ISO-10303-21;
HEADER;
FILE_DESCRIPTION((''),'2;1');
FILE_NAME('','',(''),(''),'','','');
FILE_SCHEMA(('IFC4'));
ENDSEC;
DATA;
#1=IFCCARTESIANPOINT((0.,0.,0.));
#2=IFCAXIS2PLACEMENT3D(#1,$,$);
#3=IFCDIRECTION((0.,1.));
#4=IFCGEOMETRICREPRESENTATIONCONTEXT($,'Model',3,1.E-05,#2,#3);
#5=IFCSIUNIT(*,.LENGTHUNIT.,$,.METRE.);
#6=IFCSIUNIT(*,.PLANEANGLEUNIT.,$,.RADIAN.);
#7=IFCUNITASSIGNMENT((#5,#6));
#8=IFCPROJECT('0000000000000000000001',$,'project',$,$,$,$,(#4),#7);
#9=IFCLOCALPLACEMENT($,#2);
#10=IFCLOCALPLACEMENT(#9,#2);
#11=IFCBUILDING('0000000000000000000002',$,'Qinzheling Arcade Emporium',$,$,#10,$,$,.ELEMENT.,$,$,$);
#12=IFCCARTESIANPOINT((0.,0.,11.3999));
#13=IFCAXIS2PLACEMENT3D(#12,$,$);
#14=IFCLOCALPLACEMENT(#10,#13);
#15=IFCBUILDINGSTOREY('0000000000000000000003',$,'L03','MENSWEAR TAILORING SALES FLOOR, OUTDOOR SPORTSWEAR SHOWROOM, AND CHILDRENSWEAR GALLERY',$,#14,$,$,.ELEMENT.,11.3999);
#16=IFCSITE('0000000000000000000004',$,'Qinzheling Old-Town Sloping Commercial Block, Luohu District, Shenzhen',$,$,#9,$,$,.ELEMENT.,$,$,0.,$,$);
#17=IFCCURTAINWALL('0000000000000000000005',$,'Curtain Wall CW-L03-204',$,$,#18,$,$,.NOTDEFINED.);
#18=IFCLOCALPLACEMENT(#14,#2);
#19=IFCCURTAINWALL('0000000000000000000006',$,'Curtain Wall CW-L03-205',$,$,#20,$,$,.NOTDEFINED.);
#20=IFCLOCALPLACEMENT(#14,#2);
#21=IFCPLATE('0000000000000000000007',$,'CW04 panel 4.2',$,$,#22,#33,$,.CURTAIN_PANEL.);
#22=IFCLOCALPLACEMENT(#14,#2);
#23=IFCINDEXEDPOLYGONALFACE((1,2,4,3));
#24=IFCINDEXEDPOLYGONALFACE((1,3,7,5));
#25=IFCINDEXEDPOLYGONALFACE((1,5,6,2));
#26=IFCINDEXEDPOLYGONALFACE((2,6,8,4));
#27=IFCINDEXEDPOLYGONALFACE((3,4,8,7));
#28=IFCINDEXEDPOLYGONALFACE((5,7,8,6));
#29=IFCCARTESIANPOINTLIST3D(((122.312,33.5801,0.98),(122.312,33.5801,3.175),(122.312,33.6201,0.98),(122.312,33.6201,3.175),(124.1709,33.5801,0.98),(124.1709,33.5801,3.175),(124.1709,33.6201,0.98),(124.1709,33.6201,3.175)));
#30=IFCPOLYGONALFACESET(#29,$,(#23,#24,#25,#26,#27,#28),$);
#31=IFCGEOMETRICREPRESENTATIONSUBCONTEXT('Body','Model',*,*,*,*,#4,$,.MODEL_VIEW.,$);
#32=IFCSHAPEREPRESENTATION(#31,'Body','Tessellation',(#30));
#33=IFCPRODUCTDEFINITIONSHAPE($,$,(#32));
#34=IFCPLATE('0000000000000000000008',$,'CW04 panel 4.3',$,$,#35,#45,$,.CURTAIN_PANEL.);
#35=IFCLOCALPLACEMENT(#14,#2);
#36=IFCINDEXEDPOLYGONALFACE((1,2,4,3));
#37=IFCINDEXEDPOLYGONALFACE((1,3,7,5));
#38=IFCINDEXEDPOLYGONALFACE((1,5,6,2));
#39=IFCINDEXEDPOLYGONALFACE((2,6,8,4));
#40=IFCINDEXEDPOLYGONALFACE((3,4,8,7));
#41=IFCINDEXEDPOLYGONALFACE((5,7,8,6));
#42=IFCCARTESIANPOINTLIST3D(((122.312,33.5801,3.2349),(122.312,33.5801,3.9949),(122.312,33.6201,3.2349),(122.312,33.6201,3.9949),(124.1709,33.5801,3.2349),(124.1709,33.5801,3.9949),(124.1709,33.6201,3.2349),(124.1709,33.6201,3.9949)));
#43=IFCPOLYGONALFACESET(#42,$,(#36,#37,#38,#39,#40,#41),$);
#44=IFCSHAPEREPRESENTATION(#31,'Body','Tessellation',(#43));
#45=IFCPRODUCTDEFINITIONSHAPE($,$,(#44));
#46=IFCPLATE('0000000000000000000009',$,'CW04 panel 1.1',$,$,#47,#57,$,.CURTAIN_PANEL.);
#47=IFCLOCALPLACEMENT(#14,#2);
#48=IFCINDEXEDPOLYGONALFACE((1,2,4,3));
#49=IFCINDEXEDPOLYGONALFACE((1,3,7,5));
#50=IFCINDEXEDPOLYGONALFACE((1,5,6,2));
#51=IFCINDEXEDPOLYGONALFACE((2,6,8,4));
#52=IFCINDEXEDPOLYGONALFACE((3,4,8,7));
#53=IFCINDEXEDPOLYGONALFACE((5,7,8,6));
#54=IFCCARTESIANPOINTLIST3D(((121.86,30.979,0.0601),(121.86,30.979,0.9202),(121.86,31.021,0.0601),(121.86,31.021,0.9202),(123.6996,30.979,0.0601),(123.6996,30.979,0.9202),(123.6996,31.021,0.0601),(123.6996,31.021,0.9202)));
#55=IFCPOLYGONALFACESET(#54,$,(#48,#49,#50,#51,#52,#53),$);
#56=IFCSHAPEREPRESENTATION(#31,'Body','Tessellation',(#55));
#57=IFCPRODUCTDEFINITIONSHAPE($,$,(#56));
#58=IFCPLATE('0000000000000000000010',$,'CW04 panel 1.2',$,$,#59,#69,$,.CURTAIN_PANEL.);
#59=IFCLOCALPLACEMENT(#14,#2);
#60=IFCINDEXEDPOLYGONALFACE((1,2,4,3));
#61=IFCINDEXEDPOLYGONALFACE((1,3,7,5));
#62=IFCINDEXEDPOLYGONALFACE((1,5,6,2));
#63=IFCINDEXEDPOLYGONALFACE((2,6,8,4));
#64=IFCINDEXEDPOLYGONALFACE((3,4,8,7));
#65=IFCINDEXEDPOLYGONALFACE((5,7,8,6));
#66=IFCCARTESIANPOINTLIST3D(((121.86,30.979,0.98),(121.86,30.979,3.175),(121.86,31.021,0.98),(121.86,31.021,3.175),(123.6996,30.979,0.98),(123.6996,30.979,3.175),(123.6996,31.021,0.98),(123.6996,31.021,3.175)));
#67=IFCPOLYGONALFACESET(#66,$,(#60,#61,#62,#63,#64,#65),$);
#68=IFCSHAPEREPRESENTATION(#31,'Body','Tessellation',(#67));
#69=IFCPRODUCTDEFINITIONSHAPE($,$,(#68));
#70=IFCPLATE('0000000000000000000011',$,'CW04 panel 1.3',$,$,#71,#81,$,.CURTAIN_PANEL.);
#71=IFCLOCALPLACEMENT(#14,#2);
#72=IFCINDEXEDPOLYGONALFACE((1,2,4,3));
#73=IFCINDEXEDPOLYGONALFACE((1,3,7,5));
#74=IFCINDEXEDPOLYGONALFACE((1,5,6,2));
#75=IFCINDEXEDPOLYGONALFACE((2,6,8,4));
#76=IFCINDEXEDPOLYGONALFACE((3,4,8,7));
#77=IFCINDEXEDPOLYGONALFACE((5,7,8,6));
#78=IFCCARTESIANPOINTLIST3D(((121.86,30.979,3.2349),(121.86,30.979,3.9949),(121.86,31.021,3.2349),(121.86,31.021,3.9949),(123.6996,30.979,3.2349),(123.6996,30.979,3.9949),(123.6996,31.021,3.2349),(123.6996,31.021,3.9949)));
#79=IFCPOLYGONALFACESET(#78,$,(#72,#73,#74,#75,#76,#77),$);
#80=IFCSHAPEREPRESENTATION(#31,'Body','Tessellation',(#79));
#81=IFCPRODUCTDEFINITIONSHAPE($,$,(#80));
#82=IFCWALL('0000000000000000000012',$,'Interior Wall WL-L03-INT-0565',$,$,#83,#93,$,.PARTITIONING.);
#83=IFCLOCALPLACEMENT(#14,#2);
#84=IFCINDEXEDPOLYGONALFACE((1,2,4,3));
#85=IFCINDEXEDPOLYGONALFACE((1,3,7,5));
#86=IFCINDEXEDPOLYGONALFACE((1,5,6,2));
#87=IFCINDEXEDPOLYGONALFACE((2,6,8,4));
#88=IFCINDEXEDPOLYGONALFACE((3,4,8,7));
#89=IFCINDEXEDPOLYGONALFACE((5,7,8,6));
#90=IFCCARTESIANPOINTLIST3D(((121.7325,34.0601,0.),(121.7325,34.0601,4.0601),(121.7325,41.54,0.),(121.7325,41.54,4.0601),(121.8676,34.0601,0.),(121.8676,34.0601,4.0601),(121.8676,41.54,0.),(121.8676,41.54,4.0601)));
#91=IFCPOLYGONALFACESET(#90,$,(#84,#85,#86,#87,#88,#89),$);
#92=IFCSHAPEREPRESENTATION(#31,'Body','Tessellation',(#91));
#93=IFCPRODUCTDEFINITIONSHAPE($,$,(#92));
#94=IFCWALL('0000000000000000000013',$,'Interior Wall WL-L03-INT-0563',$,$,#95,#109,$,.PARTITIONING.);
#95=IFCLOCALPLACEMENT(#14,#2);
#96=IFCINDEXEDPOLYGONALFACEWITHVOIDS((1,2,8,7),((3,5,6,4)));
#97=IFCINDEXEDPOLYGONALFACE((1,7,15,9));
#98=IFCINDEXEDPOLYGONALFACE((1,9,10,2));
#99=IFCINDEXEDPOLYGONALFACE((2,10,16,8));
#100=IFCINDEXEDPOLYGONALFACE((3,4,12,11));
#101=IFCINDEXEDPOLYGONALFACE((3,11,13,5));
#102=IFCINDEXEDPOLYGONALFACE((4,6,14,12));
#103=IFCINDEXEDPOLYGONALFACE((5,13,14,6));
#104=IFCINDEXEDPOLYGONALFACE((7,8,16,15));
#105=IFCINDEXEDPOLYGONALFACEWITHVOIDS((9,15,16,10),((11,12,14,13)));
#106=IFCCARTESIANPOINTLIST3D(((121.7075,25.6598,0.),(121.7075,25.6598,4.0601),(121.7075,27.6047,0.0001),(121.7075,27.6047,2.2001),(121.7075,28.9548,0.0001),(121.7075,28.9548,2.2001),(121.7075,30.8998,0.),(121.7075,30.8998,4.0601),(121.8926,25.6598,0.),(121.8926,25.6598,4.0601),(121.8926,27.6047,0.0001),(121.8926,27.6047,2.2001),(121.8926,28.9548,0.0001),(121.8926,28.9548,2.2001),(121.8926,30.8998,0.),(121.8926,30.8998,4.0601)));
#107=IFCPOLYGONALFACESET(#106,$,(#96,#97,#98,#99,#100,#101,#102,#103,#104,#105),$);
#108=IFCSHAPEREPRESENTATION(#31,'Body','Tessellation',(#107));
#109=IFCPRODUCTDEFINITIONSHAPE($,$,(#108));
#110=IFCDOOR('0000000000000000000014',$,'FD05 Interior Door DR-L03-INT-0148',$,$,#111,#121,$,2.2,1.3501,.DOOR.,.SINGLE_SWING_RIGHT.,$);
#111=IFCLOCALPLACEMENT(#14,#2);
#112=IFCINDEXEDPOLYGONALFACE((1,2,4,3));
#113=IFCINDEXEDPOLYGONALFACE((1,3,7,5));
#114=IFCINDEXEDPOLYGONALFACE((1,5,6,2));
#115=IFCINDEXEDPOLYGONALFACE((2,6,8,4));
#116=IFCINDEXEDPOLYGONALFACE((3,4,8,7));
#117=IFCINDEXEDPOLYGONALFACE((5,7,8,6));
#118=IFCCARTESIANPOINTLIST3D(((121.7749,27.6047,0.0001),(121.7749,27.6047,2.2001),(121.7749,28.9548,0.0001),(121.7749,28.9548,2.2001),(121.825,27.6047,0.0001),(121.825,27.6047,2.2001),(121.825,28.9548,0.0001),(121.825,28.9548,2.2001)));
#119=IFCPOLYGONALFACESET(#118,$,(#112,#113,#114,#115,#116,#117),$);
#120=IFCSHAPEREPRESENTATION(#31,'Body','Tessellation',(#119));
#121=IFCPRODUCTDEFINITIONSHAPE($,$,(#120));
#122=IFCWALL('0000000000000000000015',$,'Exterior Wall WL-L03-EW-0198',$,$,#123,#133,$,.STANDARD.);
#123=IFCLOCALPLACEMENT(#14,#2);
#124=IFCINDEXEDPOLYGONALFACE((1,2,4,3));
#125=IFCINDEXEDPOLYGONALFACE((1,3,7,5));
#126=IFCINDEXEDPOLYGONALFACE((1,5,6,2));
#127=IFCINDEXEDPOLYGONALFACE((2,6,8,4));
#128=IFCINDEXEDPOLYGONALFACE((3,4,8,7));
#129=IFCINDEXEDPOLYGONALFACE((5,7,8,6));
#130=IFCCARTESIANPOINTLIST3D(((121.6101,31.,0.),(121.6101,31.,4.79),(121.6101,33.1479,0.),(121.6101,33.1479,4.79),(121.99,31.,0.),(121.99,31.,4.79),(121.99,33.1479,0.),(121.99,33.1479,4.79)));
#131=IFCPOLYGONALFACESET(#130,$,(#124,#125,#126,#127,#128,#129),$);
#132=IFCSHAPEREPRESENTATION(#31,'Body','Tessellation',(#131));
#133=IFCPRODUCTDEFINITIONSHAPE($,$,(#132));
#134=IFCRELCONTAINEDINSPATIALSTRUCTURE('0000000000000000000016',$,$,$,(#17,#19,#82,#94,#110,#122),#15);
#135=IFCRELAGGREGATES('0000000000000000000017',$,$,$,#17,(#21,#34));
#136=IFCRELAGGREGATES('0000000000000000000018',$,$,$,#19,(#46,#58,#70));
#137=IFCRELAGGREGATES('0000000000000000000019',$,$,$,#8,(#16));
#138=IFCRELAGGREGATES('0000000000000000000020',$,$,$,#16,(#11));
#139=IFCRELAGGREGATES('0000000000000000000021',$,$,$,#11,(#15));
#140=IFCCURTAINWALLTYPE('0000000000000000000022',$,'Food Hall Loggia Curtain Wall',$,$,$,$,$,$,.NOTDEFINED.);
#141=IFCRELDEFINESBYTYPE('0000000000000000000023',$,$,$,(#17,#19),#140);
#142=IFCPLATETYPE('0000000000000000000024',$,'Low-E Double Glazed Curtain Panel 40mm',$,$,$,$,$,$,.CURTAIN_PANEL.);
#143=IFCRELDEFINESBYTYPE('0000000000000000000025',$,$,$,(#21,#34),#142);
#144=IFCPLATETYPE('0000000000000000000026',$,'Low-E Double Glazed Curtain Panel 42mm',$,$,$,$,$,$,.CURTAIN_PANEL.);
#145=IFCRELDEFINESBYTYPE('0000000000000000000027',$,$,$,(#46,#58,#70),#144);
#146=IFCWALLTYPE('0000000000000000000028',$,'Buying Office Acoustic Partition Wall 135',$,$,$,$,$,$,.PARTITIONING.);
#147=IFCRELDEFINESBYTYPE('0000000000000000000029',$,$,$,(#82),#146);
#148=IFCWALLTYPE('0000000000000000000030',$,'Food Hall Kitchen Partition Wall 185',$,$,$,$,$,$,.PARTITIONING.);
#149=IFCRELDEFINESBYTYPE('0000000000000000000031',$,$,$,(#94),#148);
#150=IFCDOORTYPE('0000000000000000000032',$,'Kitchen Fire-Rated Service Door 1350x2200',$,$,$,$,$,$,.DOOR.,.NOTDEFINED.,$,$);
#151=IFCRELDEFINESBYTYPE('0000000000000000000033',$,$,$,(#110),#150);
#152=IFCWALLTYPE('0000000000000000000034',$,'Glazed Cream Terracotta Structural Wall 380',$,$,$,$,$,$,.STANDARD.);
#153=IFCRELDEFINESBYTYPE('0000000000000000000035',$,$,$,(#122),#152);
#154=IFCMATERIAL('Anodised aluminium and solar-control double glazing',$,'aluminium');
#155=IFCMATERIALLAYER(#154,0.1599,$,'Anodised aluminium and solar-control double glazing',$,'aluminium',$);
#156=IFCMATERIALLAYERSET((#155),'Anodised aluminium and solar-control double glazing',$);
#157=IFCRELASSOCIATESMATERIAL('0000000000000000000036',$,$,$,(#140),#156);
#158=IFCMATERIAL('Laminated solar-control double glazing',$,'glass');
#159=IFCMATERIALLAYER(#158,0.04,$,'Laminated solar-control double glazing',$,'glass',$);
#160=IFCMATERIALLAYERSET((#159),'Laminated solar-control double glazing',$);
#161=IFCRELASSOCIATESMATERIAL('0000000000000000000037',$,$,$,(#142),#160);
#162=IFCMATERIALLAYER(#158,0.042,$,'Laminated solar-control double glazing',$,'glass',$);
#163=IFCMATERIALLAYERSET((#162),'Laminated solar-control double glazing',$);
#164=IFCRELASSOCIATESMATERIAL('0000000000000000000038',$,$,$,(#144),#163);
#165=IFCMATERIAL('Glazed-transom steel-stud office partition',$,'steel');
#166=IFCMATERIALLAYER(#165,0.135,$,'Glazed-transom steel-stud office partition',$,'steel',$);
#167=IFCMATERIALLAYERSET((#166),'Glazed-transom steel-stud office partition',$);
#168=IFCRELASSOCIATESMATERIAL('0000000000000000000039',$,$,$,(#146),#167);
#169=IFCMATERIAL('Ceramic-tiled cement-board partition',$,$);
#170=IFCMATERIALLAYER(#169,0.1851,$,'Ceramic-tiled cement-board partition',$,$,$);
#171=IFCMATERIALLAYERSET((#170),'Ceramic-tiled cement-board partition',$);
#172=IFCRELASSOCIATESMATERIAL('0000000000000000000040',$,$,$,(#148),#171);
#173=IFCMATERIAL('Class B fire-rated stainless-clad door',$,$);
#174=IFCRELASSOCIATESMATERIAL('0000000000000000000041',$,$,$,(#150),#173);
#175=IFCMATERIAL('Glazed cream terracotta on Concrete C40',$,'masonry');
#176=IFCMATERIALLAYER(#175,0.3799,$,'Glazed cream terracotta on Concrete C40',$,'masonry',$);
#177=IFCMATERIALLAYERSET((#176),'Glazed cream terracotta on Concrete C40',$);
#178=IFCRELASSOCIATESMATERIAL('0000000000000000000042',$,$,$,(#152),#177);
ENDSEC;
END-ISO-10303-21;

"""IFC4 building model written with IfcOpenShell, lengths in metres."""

from ifc_helpers import new_model, si_unit, direction, frame, frame_2d, origin, origin_2d, place, context, subcontext, project, spatial, rectangle, extrude, material, layer, layer_set, type_object, element, fill, aggregate, save


model = new_model("IFC4")

# Units and contexts
model_context = context("Model", 3, precision=1e-05, world=origin(), true_north=direction((0.0, 1.0)))
body_context = subcontext(model_context, "Body", "Model", "MODEL_VIEW")
ifc_project = project(units=[si_unit("LENGTHUNIT", "METRE"), si_unit("PLANEANGLEUNIT", "RADIAN")], contexts=[model_context])

# Site, building, storey
site_placement = place(None, origin())
site = spatial("IfcSite", under=ifc_project, at=site_placement, Name="Qinzheling Old-Town Sloping Commercial Block, Luohu District, Shenzhen", CompositionType="ELEMENT", RefElevation=0.0)
building_placement = place(site_placement, origin())
building = spatial("IfcBuilding", under=site, at=building_placement, Name="Qinzheling Arcade Emporium", CompositionType="ELEMENT")
storey_placement = place(building_placement, frame((0.0, 0.0, 11.3999)))
storey = spatial("IfcBuildingStorey", under=building, at=storey_placement, Name="L03", Description="MENSWEAR TAILORING SALES FLOOR, OUTDOOR SPORTSWEAR SHOWROOM, AND CHILDRENSWEAR GALLERY", CompositionType="ELEMENT", Elevation=11.3999)

# Curtain wall
ifc_material_1 = material(Name="Anodised aluminium and solar-control double glazing", Category="aluminium")
ifc_layer_1 = layer(ifc_material_1, 0.1599, Name="Anodised aluminium and solar-control double glazing", Category="aluminium")
ifc_layer_set_1 = layer_set([ifc_layer_1], Name="Anodised aluminium and solar-control double glazing")
curtain_wall_type = type_object("IfcCurtainWallType", Name="Food Hall Loggia Curtain Wall", PredefinedType="NOTDEFINED", material=ifc_layer_set_1)
curtain_wall_1_placement = place(storey_placement, origin())
curtain_wall_1 = element("IfcCurtainWall", 1, at=curtain_wall_1_placement, inside=storey, type_object=curtain_wall_type, Name="Curtain Wall CW-L03-204", PredefinedType="NOTDEFINED")

# Curtain wall
curtain_wall_2_placement = place(storey_placement, origin())
curtain_wall_2 = element("IfcCurtainWall", 2, at=curtain_wall_2_placement, inside=storey, type_object=curtain_wall_type, Name="Curtain Wall CW-L03-205", PredefinedType="NOTDEFINED")

# Plates
ifc_material_2 = material(Name="Laminated solar-control double glazing", Category="glass")
ifc_layer_2 = layer(ifc_material_2, 0.04, Name="Laminated solar-control double glazing", Category="glass")
ifc_layer_set_2 = layer_set([ifc_layer_2], Name="Laminated solar-control double glazing")
plate_type_1 = type_object("IfcPlateType", Name="Low-E Double Glazed Curtain Panel 40mm", PredefinedType="CURTAIN_PANEL", material=ifc_layer_set_2)
plate_1_placement = place(storey_placement, frame((123.2415, 33.6001, 0.98), z_axis=(0.0, 0.0, 1.0), x_axis=(-1.0, 0.0, 0.0)))
plate_1 = element("IfcPlate", 3, at=plate_1_placement, type_object=plate_type_1, Name="CW04 panel 4.2", PredefinedType="CURTAIN_PANEL", context=body_context, shape_type="SweptSolid", body=[
    extrude(rectangle(XDim=1.8589, YDim=0.04, at=origin_2d()), origin(), (0.0, 0.0, 1.0), 2.1951),
])
plate_2_placement = place(storey_placement, frame((123.2415, 33.6001, 3.2349), z_axis=(0.0, 0.0, 1.0), x_axis=(-1.0, 0.0, 0.0)))
plate_2 = element("IfcPlate", 4, at=plate_2_placement, type_object=plate_type_1, Name="CW04 panel 4.3", PredefinedType="CURTAIN_PANEL", context=body_context, shape_type="SweptSolid", body=[
    extrude(rectangle(XDim=1.8589, YDim=0.04, at=origin_2d()), origin(), (0.0, 0.0, 1.0), 0.76),
])
aggregate(curtain_wall_1, [plate_1, plate_2])
ifc_layer_3 = layer(ifc_material_2, 0.042, Name="Laminated solar-control double glazing", Category="glass")
ifc_layer_set_3 = layer_set([ifc_layer_3], Name="Laminated solar-control double glazing")
plate_type_2 = type_object("IfcPlateType", Name="Low-E Double Glazed Curtain Panel 42mm", PredefinedType="CURTAIN_PANEL", material=ifc_layer_set_3)
plate_3_placement = place(storey_placement, frame((122.7798, 31.0, 0.0601), z_axis=(0.0, 0.0, 1.0), x_axis=(1.0, 0.0, 0.0)))
plate_3 = element("IfcPlate", 5, at=plate_3_placement, type_object=plate_type_2, Name="CW04 panel 1.1", PredefinedType="CURTAIN_PANEL", context=body_context, shape_type="SweptSolid", body=[
    extrude(rectangle(XDim=1.8396, YDim=0.042, at=origin_2d()), origin(), (0.0, 0.0, 1.0), 0.8601),
])
plate_4_placement = place(storey_placement, frame((122.7798, 31.0, 0.98), z_axis=(0.0, 0.0, 1.0), x_axis=(1.0, 0.0, 0.0)))
plate_4 = element("IfcPlate", 6, at=plate_4_placement, type_object=plate_type_2, Name="CW04 panel 1.2", PredefinedType="CURTAIN_PANEL", context=body_context, shape_type="SweptSolid", body=[
    extrude(rectangle(XDim=1.8396, YDim=0.042, at=origin_2d()), origin(), (0.0, 0.0, 1.0), 2.1951),
])
plate_5_placement = place(storey_placement, frame((122.7798, 31.0, 3.2349), z_axis=(0.0, 0.0, 1.0), x_axis=(1.0, 0.0, 0.0)))
plate_5 = element("IfcPlate", 7, at=plate_5_placement, type_object=plate_type_2, Name="CW04 panel 1.3", PredefinedType="CURTAIN_PANEL", context=body_context, shape_type="SweptSolid", body=[
    extrude(rectangle(XDim=1.8396, YDim=0.042, at=origin_2d()), origin(), (0.0, 0.0, 1.0), 0.76),
])
aggregate(curtain_wall_2, [plate_3, plate_4, plate_5])

# Wall
ifc_material_3 = material(Name="Glazed-transom steel-stud office partition", Category="steel")
ifc_layer_4 = layer(ifc_material_3, 0.135, Name="Glazed-transom steel-stud office partition", Category="steel")
ifc_layer_set_4 = layer_set([ifc_layer_4], Name="Glazed-transom steel-stud office partition")
wall_type_1 = type_object("IfcWallType", Name="Buying Office Acoustic Partition Wall 135", PredefinedType="PARTITIONING", material=ifc_layer_set_4)
wall_1_placement = place(storey_placement, frame((121.8, 41.54, 0.0), z_axis=(0.0, 0.0, 1.0), x_axis=(0.0, -1.0, 0.0)))
element("IfcWall", 8, at=wall_1_placement, inside=storey, type_object=wall_type_1, Name="Interior Wall WL-L03-INT-0565", PredefinedType="PARTITIONING", context=body_context, shape_type="SweptSolid", body=[
    extrude(rectangle(XDim=7.48, YDim=0.135, at=frame_2d((3.74, 0.0))), origin(), (0.0, 0.0, 1.0), 4.0601),
])

# Wall, opening, door
ifc_material_4 = material(Name="Ceramic-tiled cement-board partition")
ifc_layer_5 = layer(ifc_material_4, 0.1851, Name="Ceramic-tiled cement-board partition")
ifc_layer_set_5 = layer_set([ifc_layer_5], Name="Ceramic-tiled cement-board partition")
wall_type_2 = type_object("IfcWallType", Name="Food Hall Kitchen Partition Wall 185", PredefinedType="PARTITIONING", material=ifc_layer_set_5)
wall_2_placement = place(storey_placement, frame((121.8, 30.8999, 0.0), z_axis=(0.0, 0.0, 1.0), x_axis=(0.0, -1.0, 0.0)))
wall_2 = element("IfcWall", 9, at=wall_2_placement, inside=storey, type_object=wall_type_2, Name="Interior Wall WL-L03-INT-0563", PredefinedType="PARTITIONING", context=body_context, shape_type="SweptSolid", body=[
    extrude(rectangle(XDim=5.24, YDim=0.1851, at=frame_2d((2.6201, 0.0))), origin(), (0.0, 0.0, 1.0), 4.0601),
])
opening_placement = place(wall_2_placement, frame((1.9451, 0.0, 0.0)))
opening = element("IfcOpeningElement", 10, at=opening_placement, cuts=wall_2, PredefinedType="OPENING", context=body_context, shape_type="SweptSolid", body=[
    extrude(rectangle(XDim=1.3501, YDim=2.2, at=frame_2d((0.675, 1.1001))), frame((0.0, 0.1025, 0.0), z_axis=(0.0, -1.0, 0.0), x_axis=(1.0, 0.0, 0.0)), (0.0, 0.0, 1.0), 0.2051),
])
ifc_material_5 = material(Name="Class B fire-rated stainless-clad door")
door_type = type_object("IfcDoorType", Name="Kitchen Fire-Rated Service Door 1350x2200", OperationType="NOTDEFINED", PredefinedType="DOOR", material=ifc_material_5)
door_placement = place(opening_placement, origin())
door = element("IfcDoor", 11, at=door_placement, inside=storey, type_object=door_type, Name="FD05 Interior Door DR-L03-INT-0148", OperationType="SINGLE_SWING_RIGHT", OverallHeight=2.2, OverallWidth=1.3501, PredefinedType="DOOR", context=body_context, shape_type="SweptSolid", body=[
    extrude(rectangle(XDim=1.3501, YDim=2.2, at=frame_2d((0.675, 1.1001))), frame((0.0, 0.0249, 0.0), z_axis=(0.0, -1.0, 0.0), x_axis=(1.0, 0.0, 0.0)), (0.0, 0.0, 1.0), 0.05),
])
fill(opening, door)

# Wall
ifc_material_6 = material(Name="Glazed cream terracotta on Concrete C40", Category="masonry")
ifc_layer_6 = layer(ifc_material_6, 0.3799, Name="Glazed cream terracotta on Concrete C40", Category="masonry")
ifc_layer_set_6 = layer_set([ifc_layer_6], Name="Glazed cream terracotta on Concrete C40")
wall_type_3 = type_object("IfcWallType", Name="Glazed Cream Terracotta Structural Wall 380", PredefinedType="STANDARD", material=ifc_layer_set_6)
wall_3_placement = place(storey_placement, frame((121.8, 33.1479, 0.0), z_axis=(0.0, 0.0, 1.0), x_axis=(0.0, -1.0, 0.0)))
element("IfcWall", 12, at=wall_3_placement, inside=storey, type_object=wall_type_3, Name="Exterior Wall WL-L03-EW-0198", PredefinedType="STANDARD", context=body_context, shape_type="SweptSolid", body=[
    extrude(rectangle(XDim=2.1479, YDim=0.3799, at=frame_2d((1.074, 0.0))), origin(), (0.0, 0.0, 1.0), 4.79),
])

save(model, "model.ifc")
